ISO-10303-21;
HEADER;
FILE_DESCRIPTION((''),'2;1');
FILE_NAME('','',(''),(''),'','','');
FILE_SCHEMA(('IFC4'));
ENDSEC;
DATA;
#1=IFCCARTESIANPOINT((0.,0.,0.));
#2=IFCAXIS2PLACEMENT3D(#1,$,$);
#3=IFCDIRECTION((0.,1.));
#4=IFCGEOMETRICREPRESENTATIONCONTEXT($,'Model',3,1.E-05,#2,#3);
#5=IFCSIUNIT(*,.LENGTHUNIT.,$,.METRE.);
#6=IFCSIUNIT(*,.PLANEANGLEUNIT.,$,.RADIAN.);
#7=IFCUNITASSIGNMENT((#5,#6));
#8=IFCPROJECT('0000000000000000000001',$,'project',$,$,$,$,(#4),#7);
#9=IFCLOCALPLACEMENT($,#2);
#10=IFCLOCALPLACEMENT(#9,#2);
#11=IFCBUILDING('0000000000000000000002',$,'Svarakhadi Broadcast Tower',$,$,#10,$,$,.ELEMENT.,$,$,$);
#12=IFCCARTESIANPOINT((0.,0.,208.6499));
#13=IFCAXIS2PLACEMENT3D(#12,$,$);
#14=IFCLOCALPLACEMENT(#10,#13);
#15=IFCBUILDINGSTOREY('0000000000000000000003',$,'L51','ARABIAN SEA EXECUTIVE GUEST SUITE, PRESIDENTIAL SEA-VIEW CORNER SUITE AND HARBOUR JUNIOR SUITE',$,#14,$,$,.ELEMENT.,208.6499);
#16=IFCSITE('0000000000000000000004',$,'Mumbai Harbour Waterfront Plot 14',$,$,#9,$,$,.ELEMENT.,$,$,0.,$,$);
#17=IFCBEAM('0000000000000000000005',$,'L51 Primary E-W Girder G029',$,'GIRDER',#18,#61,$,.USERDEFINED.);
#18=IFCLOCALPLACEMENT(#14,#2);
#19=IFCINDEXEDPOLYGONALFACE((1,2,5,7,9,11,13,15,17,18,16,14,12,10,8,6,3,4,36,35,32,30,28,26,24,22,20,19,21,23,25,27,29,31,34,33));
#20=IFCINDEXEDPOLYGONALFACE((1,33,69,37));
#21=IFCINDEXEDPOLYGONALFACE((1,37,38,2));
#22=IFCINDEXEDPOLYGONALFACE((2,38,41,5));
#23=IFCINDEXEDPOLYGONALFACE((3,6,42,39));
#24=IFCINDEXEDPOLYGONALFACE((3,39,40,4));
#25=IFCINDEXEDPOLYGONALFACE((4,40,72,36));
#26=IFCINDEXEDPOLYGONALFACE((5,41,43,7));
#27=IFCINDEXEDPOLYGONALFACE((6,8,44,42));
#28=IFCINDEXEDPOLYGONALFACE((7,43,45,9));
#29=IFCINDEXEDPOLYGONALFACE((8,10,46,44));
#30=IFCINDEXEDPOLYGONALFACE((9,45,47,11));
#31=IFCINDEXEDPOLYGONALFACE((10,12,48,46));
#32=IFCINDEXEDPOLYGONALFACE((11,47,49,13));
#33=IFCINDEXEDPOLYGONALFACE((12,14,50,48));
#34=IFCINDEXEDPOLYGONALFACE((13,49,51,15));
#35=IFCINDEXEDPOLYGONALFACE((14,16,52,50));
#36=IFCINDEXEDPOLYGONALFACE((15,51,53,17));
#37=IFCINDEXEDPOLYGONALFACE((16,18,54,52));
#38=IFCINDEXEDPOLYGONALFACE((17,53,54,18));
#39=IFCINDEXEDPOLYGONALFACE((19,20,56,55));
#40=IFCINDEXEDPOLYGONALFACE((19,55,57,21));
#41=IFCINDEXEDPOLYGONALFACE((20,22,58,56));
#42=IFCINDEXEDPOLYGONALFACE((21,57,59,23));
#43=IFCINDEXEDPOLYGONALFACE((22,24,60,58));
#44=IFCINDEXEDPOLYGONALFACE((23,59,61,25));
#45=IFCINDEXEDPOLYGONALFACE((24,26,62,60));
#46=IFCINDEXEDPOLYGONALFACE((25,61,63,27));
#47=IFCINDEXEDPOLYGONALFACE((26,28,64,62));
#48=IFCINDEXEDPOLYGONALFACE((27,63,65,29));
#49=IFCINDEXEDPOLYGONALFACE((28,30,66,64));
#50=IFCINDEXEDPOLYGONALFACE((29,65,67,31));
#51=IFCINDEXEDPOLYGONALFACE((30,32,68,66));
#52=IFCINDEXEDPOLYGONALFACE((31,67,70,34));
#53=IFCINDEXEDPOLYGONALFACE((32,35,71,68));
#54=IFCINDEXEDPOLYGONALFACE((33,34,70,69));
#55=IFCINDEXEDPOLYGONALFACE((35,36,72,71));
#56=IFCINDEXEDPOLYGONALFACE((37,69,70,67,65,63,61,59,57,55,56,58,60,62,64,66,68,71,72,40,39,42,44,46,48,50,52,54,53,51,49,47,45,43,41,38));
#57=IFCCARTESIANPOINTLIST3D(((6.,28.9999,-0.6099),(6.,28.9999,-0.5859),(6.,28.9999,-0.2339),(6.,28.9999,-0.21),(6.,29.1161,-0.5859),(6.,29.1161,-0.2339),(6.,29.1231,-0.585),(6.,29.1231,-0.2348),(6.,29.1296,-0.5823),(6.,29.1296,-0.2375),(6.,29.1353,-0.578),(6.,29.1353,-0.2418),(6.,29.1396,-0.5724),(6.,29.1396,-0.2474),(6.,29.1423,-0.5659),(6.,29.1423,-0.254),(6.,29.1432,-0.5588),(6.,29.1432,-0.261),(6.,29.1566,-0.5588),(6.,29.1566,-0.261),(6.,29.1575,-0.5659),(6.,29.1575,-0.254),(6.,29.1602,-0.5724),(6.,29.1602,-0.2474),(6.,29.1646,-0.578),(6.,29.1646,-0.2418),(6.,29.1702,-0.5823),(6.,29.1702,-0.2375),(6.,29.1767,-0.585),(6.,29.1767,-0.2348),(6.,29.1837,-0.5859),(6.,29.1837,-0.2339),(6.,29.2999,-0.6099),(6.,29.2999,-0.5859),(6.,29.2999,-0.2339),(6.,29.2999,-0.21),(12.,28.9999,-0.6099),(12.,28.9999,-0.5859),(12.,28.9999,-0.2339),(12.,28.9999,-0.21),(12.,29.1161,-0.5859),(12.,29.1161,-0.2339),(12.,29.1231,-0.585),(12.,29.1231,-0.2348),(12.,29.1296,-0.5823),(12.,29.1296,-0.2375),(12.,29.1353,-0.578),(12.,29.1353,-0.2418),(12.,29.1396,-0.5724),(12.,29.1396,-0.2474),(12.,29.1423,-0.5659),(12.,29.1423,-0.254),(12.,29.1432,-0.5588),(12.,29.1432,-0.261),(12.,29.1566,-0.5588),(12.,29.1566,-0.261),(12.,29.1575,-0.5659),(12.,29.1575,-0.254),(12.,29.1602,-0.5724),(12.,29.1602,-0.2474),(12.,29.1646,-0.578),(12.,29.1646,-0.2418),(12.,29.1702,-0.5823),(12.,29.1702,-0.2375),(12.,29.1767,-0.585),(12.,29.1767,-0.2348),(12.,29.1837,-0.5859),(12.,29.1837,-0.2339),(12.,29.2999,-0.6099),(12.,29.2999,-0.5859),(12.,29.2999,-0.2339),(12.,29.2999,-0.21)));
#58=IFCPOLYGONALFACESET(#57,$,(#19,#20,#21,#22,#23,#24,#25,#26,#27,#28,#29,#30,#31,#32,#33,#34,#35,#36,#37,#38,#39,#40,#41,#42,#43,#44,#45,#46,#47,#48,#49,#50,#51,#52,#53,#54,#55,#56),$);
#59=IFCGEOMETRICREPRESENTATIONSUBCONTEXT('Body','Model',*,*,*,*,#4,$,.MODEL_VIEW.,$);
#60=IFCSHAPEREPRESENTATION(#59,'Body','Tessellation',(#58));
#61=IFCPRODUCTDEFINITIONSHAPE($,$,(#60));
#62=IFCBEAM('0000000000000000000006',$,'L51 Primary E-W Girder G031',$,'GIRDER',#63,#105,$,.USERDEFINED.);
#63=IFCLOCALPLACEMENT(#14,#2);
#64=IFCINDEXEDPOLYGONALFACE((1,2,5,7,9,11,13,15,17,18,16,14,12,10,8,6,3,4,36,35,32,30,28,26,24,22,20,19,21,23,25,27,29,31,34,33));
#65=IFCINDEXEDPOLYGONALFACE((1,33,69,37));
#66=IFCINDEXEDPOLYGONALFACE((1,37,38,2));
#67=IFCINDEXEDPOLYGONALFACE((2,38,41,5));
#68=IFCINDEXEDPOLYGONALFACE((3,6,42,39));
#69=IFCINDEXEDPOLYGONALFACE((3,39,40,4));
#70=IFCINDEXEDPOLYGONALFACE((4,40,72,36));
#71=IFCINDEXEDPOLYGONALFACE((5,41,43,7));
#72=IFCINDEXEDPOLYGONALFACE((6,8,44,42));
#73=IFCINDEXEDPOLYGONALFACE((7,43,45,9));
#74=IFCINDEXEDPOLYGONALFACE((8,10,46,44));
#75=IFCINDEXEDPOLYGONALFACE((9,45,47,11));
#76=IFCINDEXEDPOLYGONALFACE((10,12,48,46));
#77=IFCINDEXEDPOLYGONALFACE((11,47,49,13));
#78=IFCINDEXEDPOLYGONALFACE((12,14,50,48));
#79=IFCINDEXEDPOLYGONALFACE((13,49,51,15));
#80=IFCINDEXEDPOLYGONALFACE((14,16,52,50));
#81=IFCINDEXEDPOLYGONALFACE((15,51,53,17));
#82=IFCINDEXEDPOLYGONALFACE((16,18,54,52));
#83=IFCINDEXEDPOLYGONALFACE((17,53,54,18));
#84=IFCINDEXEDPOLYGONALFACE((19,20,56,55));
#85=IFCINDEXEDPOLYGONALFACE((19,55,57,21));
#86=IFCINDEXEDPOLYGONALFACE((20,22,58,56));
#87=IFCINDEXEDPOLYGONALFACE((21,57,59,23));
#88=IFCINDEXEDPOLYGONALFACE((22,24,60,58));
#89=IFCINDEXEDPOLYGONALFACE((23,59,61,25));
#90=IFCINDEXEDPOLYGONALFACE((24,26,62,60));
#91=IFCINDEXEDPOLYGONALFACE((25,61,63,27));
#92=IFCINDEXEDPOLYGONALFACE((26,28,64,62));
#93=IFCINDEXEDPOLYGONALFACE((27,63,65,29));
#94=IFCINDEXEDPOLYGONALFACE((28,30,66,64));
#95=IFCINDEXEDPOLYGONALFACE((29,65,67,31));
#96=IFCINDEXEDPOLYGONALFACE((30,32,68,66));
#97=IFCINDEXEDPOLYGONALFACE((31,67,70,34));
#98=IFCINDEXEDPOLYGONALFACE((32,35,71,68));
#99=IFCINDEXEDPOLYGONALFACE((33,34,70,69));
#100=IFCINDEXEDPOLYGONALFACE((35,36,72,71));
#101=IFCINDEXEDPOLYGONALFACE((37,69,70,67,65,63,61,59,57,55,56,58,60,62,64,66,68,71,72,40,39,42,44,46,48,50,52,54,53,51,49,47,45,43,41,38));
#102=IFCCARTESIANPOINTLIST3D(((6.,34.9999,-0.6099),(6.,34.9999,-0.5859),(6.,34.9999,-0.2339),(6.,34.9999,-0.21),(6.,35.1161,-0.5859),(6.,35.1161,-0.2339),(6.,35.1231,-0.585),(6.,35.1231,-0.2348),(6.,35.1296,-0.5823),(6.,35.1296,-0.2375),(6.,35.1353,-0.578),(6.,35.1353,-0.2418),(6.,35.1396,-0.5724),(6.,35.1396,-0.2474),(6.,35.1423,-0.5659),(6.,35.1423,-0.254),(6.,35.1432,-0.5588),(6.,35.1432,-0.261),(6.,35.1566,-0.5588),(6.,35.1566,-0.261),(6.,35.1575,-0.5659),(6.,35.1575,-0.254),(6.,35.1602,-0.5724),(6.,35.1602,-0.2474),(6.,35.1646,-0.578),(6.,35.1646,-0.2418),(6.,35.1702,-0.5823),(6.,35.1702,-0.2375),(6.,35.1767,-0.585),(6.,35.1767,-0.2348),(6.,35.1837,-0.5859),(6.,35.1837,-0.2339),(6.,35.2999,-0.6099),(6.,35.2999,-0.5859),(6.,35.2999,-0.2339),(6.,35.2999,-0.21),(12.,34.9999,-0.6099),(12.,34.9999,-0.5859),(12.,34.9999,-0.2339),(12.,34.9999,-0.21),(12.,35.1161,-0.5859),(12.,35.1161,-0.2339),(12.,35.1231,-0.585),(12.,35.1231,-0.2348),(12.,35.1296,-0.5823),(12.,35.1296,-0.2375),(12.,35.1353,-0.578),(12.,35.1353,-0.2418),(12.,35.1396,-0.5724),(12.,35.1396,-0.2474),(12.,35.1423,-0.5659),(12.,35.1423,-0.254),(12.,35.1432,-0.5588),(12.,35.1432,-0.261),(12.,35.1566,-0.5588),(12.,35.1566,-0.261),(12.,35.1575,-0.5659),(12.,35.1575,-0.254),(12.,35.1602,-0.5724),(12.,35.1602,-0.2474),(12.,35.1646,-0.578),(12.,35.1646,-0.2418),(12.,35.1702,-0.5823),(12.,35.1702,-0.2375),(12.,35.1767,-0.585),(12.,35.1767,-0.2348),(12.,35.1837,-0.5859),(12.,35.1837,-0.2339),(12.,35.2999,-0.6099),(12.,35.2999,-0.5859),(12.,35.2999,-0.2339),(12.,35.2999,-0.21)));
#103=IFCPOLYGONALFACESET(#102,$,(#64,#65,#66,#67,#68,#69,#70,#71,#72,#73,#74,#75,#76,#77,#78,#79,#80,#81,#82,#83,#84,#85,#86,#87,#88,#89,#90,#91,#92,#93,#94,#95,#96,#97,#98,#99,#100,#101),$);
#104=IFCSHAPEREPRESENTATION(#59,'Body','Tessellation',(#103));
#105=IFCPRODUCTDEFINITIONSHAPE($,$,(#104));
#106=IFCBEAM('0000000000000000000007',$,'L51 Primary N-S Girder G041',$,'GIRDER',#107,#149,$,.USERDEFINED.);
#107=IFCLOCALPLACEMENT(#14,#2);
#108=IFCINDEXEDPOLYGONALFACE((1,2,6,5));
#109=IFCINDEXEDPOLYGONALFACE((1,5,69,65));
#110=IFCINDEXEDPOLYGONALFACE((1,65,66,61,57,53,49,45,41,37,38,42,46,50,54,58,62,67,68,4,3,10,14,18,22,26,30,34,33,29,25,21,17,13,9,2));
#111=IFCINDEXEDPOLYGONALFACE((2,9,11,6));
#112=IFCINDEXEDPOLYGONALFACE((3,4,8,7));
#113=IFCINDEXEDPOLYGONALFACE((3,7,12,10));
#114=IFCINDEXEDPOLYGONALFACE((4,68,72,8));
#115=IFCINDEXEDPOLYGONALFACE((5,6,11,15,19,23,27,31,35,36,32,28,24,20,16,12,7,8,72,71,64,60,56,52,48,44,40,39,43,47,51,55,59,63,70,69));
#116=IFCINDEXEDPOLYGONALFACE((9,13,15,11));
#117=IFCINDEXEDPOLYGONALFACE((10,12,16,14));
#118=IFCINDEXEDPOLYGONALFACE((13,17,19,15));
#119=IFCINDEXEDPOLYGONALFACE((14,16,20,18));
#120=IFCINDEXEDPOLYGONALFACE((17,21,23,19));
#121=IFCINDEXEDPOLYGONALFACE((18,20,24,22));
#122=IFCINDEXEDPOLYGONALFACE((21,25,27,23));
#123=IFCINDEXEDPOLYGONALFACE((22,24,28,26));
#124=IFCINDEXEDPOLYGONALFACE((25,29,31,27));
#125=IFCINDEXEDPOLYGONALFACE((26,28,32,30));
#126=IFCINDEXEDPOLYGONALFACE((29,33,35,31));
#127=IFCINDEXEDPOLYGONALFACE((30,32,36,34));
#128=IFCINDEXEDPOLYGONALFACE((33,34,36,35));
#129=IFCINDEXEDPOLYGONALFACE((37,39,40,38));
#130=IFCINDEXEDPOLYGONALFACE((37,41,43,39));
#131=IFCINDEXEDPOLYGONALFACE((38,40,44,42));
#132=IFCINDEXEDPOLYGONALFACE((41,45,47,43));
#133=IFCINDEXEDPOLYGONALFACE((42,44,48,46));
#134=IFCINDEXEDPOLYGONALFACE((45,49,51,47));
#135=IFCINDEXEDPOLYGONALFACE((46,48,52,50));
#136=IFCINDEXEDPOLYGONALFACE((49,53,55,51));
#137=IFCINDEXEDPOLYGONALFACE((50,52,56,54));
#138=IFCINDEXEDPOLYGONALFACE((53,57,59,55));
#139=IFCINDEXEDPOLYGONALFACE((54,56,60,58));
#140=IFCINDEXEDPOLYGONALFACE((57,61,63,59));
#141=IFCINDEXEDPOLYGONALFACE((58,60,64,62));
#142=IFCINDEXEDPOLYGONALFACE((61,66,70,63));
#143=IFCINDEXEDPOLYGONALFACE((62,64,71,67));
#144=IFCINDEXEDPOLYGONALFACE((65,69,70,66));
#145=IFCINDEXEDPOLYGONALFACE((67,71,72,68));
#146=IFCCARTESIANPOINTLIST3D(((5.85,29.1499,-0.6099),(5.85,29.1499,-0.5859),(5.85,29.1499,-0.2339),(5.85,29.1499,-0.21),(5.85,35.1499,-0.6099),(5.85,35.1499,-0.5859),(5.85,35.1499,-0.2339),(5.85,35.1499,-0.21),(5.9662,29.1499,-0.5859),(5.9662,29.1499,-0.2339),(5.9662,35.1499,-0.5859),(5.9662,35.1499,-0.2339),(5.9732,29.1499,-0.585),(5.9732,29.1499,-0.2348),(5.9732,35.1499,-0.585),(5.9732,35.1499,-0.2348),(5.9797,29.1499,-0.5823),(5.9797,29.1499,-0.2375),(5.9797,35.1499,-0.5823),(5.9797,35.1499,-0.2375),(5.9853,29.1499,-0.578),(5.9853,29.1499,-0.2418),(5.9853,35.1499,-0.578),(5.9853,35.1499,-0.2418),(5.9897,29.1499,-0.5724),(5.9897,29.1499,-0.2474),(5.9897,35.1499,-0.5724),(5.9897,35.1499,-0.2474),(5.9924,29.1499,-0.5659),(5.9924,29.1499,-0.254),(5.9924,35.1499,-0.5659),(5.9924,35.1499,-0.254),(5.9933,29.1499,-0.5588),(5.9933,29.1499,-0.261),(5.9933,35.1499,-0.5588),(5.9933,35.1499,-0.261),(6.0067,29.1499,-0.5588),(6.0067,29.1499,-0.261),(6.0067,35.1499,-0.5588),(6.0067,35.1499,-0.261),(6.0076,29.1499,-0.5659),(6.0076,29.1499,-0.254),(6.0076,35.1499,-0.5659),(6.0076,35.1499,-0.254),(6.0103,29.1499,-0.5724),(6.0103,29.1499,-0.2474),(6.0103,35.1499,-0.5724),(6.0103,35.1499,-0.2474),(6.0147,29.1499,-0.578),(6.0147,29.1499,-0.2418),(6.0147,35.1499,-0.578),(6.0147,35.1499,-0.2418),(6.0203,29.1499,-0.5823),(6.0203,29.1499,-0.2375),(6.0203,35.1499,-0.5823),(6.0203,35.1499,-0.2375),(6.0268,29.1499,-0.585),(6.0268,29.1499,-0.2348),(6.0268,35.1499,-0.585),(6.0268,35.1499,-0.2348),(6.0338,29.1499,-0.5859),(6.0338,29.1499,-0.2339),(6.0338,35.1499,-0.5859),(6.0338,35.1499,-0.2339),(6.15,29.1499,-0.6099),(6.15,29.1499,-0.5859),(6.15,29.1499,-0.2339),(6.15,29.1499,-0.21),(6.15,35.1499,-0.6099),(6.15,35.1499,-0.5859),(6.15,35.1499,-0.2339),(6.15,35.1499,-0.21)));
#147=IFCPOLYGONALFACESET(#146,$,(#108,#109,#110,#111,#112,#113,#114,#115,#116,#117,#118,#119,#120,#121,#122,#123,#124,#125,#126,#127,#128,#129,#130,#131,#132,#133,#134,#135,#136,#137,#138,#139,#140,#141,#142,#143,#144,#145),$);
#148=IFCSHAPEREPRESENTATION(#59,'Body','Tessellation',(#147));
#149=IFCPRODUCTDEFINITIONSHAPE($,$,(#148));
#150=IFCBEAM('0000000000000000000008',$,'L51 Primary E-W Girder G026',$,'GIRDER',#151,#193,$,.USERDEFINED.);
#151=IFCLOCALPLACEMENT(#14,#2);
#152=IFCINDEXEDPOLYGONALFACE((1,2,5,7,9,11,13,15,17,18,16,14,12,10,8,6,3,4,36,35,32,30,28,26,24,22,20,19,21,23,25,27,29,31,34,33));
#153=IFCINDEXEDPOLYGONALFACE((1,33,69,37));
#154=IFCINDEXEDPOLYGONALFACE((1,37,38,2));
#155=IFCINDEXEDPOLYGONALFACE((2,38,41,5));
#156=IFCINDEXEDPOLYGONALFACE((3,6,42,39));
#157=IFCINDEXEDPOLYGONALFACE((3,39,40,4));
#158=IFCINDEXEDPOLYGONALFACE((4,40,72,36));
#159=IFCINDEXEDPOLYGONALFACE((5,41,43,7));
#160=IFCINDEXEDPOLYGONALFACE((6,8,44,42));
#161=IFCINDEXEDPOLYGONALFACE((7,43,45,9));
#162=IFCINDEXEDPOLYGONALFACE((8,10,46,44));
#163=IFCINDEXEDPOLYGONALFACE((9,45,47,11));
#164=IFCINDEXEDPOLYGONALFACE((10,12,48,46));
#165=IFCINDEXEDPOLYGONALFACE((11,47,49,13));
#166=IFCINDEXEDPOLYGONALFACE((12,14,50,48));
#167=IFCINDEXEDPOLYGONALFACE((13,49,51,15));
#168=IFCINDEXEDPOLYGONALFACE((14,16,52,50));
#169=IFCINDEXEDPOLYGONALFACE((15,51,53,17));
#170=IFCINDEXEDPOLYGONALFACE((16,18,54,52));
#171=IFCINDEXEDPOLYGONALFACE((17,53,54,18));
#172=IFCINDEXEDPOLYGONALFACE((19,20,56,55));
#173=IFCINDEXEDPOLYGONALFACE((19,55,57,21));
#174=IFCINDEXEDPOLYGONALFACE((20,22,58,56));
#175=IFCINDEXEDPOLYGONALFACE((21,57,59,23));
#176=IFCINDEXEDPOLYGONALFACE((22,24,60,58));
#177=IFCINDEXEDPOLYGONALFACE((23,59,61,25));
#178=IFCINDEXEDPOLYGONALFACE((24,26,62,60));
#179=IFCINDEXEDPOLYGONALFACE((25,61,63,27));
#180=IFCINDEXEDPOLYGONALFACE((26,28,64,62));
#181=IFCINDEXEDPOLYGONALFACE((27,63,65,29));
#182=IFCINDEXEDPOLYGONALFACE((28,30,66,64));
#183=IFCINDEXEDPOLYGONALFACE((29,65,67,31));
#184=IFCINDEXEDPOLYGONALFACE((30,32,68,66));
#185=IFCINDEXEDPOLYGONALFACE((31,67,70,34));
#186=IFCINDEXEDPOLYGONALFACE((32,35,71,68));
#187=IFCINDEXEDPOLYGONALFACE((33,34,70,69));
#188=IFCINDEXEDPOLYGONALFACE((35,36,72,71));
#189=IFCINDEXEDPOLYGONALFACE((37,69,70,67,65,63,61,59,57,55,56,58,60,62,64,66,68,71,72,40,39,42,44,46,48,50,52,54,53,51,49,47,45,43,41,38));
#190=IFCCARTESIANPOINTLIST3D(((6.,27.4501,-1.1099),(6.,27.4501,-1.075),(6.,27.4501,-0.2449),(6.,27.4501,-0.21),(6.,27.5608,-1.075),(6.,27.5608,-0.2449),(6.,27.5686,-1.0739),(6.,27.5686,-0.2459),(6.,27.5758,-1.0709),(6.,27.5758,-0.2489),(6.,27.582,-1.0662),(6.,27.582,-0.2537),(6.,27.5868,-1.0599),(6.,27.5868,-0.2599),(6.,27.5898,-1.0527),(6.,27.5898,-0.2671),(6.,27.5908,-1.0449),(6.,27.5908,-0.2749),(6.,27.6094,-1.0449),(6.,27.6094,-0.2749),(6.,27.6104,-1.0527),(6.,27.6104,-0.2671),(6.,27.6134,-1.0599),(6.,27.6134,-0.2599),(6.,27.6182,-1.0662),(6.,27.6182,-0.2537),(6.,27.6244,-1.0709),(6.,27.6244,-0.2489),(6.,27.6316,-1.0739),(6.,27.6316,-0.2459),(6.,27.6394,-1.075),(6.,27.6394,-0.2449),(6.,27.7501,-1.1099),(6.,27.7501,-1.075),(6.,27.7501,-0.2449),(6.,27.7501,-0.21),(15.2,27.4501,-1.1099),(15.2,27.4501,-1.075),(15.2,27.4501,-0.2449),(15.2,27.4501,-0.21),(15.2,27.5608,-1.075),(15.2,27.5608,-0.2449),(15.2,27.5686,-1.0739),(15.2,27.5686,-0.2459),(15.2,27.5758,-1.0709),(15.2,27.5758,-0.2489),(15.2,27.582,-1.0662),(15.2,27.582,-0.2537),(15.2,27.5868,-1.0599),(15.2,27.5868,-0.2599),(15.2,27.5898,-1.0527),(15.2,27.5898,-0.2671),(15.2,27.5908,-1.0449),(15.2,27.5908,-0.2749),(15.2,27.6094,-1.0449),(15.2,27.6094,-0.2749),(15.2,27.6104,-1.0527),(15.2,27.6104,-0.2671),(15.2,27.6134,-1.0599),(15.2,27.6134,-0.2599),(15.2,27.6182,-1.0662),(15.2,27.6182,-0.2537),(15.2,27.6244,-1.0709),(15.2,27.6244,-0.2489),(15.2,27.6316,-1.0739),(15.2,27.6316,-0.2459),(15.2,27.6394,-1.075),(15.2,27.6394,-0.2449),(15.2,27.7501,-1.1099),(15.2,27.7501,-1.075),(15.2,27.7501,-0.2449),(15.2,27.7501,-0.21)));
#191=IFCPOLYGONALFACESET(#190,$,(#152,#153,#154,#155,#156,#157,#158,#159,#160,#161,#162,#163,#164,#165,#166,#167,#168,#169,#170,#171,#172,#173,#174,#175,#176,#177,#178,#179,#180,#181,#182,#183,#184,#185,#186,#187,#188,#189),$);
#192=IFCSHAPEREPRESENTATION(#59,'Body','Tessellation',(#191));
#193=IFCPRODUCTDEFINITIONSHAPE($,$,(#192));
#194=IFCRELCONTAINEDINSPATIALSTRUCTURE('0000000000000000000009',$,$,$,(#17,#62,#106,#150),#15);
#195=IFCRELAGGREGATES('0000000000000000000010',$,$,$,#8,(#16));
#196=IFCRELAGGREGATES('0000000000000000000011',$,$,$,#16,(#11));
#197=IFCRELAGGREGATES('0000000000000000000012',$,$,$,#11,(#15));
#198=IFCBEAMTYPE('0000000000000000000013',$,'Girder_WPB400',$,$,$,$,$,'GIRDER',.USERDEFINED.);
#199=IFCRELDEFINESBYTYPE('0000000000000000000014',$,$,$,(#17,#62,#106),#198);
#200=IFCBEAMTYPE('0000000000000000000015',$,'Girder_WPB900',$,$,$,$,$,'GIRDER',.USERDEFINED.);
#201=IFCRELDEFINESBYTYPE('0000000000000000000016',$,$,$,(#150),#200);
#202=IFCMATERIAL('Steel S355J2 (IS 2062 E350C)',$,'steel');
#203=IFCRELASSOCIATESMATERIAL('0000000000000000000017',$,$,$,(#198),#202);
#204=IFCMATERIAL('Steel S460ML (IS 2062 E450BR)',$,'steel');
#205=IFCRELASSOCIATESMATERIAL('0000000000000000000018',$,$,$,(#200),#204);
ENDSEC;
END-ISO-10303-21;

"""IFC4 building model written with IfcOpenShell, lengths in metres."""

from ifc_helpers import new_model, si_unit, direction, frame, origin, origin_2d, place, context, subcontext, project, spatial, i_section, extrude, material, material_profile, profile_set, type_object, element, save


model = new_model("IFC4")

# Units and contexts
model_context = context("Model", 3, precision=1e-05, world=origin(), true_north=direction((0.0, 1.0)))
body_context = subcontext(model_context, "Body", "Model", "MODEL_VIEW")
ifc_project = project(units=[si_unit("LENGTHUNIT", "METRE"), si_unit("PLANEANGLEUNIT", "RADIAN")], contexts=[model_context])

# Site, building, storey
site_placement = place(None, origin())
site = spatial("IfcSite", under=ifc_project, at=site_placement, Name="Mumbai Harbour Waterfront Plot 14", CompositionType="ELEMENT", RefElevation=0.0)
building_placement = place(site_placement, origin())
building = spatial("IfcBuilding", under=site, at=building_placement, Name="Svarakhadi Broadcast Tower", CompositionType="ELEMENT")
storey_placement = place(building_placement, frame((0.0, 0.0, 208.6499)))
storey = spatial("IfcBuildingStorey", under=building, at=storey_placement, Name="L51", Description="ARABIAN SEA EXECUTIVE GUEST SUITE, PRESIDENTIAL SEA-VIEW CORNER SUITE AND HARBOUR JUNIOR SUITE", CompositionType="ELEMENT", Elevation=208.6499)

# Shared definitions
ifc_material_1 = material(Name="Steel S460ML (IS 2062 E450BR)", Category="steel")

# Beams
ifc_material_2 = material(Name="Steel S355J2 (IS 2062 E350C)", Category="steel")
ifc_material_profile_1 = material_profile(ifc_material_2, i_section(OverallWidth=0.3, OverallDepth=0.3999, WebThickness=0.0134, FlangeThickness=0.0239, FilletRadius=0.0271, at=origin_2d()), Name="WPB 400x300x155")
ifc_profile_set_1 = profile_set([ifc_material_profile_1], Name="Steel S355J2 (IS 2062 E350C)")
beam_type_1 = type_object("IfcBeamType", Name="Girder_WPB400", ElementType="GIRDER", PredefinedType="USERDEFINED", material=ifc_profile_set_1)
for number, where, z_axis, x_axis, name in (
    (1, (6.0, 29.1499, -0.4099), (1.0, 0.0, 0.0), (0.0, 1.0, 0.0), "L51 Primary E-W Girder G029"),
    (2, (6.0, 35.1499, -0.4099), (1.0, 0.0, 0.0), (0.0, 1.0, 0.0), "L51 Primary E-W Girder G031"),
    (3, (6.0, 29.1499, -0.4099), (0.0, 1.0, 0.0), (-1.0, 0.0, 0.0), "L51 Primary N-S Girder G041"),
):
    element("IfcBeam", number, at=place(storey_placement, frame(where, z_axis=z_axis, x_axis=x_axis)), inside=storey, type_object=beam_type_1, Name=name, ObjectType="GIRDER", PredefinedType="USERDEFINED", context=body_context, shape_type="SweptSolid", body=[
        extrude(i_section(OverallWidth=0.3, OverallDepth=0.3999, WebThickness=0.0134, FlangeThickness=0.0239, FilletRadius=0.0271, at=origin_2d()), origin(), (0.0, 0.0, 1.0), 6.0),
    ])
ifc_material_profile_2 = material_profile(ifc_material_1, i_section(OverallWidth=0.3, OverallDepth=0.8999, WebThickness=0.0186, FlangeThickness=0.0349, FilletRadius=0.03, at=origin_2d()), Name="WPB 900x300x291")
ifc_profile_set_2 = profile_set([ifc_material_profile_2], Name="Steel S460ML (IS 2062 E450BR)")
beam_type_2 = type_object("IfcBeamType", Name="Girder_WPB900", ElementType="GIRDER", PredefinedType="USERDEFINED", material=ifc_profile_set_2)
beam_1_placement = place(storey_placement, frame((6.0, 27.6001, -0.6599), z_axis=(1.0, 0.0, 0.0), x_axis=(0.0, 1.0, 0.0)))
element("IfcBeam", 4, at=beam_1_placement, inside=storey, type_object=beam_type_2, Name="L51 Primary E-W Girder G026", ObjectType="GIRDER", PredefinedType="USERDEFINED", context=body_context, shape_type="SweptSolid", body=[
    extrude(i_section(OverallWidth=0.3, OverallDepth=0.8999, WebThickness=0.0186, FlangeThickness=0.0349, FilletRadius=0.03, at=origin_2d()), origin(), (0.0, 0.0, 1.0), 9.2),
])

save(model, "model.ifc")
